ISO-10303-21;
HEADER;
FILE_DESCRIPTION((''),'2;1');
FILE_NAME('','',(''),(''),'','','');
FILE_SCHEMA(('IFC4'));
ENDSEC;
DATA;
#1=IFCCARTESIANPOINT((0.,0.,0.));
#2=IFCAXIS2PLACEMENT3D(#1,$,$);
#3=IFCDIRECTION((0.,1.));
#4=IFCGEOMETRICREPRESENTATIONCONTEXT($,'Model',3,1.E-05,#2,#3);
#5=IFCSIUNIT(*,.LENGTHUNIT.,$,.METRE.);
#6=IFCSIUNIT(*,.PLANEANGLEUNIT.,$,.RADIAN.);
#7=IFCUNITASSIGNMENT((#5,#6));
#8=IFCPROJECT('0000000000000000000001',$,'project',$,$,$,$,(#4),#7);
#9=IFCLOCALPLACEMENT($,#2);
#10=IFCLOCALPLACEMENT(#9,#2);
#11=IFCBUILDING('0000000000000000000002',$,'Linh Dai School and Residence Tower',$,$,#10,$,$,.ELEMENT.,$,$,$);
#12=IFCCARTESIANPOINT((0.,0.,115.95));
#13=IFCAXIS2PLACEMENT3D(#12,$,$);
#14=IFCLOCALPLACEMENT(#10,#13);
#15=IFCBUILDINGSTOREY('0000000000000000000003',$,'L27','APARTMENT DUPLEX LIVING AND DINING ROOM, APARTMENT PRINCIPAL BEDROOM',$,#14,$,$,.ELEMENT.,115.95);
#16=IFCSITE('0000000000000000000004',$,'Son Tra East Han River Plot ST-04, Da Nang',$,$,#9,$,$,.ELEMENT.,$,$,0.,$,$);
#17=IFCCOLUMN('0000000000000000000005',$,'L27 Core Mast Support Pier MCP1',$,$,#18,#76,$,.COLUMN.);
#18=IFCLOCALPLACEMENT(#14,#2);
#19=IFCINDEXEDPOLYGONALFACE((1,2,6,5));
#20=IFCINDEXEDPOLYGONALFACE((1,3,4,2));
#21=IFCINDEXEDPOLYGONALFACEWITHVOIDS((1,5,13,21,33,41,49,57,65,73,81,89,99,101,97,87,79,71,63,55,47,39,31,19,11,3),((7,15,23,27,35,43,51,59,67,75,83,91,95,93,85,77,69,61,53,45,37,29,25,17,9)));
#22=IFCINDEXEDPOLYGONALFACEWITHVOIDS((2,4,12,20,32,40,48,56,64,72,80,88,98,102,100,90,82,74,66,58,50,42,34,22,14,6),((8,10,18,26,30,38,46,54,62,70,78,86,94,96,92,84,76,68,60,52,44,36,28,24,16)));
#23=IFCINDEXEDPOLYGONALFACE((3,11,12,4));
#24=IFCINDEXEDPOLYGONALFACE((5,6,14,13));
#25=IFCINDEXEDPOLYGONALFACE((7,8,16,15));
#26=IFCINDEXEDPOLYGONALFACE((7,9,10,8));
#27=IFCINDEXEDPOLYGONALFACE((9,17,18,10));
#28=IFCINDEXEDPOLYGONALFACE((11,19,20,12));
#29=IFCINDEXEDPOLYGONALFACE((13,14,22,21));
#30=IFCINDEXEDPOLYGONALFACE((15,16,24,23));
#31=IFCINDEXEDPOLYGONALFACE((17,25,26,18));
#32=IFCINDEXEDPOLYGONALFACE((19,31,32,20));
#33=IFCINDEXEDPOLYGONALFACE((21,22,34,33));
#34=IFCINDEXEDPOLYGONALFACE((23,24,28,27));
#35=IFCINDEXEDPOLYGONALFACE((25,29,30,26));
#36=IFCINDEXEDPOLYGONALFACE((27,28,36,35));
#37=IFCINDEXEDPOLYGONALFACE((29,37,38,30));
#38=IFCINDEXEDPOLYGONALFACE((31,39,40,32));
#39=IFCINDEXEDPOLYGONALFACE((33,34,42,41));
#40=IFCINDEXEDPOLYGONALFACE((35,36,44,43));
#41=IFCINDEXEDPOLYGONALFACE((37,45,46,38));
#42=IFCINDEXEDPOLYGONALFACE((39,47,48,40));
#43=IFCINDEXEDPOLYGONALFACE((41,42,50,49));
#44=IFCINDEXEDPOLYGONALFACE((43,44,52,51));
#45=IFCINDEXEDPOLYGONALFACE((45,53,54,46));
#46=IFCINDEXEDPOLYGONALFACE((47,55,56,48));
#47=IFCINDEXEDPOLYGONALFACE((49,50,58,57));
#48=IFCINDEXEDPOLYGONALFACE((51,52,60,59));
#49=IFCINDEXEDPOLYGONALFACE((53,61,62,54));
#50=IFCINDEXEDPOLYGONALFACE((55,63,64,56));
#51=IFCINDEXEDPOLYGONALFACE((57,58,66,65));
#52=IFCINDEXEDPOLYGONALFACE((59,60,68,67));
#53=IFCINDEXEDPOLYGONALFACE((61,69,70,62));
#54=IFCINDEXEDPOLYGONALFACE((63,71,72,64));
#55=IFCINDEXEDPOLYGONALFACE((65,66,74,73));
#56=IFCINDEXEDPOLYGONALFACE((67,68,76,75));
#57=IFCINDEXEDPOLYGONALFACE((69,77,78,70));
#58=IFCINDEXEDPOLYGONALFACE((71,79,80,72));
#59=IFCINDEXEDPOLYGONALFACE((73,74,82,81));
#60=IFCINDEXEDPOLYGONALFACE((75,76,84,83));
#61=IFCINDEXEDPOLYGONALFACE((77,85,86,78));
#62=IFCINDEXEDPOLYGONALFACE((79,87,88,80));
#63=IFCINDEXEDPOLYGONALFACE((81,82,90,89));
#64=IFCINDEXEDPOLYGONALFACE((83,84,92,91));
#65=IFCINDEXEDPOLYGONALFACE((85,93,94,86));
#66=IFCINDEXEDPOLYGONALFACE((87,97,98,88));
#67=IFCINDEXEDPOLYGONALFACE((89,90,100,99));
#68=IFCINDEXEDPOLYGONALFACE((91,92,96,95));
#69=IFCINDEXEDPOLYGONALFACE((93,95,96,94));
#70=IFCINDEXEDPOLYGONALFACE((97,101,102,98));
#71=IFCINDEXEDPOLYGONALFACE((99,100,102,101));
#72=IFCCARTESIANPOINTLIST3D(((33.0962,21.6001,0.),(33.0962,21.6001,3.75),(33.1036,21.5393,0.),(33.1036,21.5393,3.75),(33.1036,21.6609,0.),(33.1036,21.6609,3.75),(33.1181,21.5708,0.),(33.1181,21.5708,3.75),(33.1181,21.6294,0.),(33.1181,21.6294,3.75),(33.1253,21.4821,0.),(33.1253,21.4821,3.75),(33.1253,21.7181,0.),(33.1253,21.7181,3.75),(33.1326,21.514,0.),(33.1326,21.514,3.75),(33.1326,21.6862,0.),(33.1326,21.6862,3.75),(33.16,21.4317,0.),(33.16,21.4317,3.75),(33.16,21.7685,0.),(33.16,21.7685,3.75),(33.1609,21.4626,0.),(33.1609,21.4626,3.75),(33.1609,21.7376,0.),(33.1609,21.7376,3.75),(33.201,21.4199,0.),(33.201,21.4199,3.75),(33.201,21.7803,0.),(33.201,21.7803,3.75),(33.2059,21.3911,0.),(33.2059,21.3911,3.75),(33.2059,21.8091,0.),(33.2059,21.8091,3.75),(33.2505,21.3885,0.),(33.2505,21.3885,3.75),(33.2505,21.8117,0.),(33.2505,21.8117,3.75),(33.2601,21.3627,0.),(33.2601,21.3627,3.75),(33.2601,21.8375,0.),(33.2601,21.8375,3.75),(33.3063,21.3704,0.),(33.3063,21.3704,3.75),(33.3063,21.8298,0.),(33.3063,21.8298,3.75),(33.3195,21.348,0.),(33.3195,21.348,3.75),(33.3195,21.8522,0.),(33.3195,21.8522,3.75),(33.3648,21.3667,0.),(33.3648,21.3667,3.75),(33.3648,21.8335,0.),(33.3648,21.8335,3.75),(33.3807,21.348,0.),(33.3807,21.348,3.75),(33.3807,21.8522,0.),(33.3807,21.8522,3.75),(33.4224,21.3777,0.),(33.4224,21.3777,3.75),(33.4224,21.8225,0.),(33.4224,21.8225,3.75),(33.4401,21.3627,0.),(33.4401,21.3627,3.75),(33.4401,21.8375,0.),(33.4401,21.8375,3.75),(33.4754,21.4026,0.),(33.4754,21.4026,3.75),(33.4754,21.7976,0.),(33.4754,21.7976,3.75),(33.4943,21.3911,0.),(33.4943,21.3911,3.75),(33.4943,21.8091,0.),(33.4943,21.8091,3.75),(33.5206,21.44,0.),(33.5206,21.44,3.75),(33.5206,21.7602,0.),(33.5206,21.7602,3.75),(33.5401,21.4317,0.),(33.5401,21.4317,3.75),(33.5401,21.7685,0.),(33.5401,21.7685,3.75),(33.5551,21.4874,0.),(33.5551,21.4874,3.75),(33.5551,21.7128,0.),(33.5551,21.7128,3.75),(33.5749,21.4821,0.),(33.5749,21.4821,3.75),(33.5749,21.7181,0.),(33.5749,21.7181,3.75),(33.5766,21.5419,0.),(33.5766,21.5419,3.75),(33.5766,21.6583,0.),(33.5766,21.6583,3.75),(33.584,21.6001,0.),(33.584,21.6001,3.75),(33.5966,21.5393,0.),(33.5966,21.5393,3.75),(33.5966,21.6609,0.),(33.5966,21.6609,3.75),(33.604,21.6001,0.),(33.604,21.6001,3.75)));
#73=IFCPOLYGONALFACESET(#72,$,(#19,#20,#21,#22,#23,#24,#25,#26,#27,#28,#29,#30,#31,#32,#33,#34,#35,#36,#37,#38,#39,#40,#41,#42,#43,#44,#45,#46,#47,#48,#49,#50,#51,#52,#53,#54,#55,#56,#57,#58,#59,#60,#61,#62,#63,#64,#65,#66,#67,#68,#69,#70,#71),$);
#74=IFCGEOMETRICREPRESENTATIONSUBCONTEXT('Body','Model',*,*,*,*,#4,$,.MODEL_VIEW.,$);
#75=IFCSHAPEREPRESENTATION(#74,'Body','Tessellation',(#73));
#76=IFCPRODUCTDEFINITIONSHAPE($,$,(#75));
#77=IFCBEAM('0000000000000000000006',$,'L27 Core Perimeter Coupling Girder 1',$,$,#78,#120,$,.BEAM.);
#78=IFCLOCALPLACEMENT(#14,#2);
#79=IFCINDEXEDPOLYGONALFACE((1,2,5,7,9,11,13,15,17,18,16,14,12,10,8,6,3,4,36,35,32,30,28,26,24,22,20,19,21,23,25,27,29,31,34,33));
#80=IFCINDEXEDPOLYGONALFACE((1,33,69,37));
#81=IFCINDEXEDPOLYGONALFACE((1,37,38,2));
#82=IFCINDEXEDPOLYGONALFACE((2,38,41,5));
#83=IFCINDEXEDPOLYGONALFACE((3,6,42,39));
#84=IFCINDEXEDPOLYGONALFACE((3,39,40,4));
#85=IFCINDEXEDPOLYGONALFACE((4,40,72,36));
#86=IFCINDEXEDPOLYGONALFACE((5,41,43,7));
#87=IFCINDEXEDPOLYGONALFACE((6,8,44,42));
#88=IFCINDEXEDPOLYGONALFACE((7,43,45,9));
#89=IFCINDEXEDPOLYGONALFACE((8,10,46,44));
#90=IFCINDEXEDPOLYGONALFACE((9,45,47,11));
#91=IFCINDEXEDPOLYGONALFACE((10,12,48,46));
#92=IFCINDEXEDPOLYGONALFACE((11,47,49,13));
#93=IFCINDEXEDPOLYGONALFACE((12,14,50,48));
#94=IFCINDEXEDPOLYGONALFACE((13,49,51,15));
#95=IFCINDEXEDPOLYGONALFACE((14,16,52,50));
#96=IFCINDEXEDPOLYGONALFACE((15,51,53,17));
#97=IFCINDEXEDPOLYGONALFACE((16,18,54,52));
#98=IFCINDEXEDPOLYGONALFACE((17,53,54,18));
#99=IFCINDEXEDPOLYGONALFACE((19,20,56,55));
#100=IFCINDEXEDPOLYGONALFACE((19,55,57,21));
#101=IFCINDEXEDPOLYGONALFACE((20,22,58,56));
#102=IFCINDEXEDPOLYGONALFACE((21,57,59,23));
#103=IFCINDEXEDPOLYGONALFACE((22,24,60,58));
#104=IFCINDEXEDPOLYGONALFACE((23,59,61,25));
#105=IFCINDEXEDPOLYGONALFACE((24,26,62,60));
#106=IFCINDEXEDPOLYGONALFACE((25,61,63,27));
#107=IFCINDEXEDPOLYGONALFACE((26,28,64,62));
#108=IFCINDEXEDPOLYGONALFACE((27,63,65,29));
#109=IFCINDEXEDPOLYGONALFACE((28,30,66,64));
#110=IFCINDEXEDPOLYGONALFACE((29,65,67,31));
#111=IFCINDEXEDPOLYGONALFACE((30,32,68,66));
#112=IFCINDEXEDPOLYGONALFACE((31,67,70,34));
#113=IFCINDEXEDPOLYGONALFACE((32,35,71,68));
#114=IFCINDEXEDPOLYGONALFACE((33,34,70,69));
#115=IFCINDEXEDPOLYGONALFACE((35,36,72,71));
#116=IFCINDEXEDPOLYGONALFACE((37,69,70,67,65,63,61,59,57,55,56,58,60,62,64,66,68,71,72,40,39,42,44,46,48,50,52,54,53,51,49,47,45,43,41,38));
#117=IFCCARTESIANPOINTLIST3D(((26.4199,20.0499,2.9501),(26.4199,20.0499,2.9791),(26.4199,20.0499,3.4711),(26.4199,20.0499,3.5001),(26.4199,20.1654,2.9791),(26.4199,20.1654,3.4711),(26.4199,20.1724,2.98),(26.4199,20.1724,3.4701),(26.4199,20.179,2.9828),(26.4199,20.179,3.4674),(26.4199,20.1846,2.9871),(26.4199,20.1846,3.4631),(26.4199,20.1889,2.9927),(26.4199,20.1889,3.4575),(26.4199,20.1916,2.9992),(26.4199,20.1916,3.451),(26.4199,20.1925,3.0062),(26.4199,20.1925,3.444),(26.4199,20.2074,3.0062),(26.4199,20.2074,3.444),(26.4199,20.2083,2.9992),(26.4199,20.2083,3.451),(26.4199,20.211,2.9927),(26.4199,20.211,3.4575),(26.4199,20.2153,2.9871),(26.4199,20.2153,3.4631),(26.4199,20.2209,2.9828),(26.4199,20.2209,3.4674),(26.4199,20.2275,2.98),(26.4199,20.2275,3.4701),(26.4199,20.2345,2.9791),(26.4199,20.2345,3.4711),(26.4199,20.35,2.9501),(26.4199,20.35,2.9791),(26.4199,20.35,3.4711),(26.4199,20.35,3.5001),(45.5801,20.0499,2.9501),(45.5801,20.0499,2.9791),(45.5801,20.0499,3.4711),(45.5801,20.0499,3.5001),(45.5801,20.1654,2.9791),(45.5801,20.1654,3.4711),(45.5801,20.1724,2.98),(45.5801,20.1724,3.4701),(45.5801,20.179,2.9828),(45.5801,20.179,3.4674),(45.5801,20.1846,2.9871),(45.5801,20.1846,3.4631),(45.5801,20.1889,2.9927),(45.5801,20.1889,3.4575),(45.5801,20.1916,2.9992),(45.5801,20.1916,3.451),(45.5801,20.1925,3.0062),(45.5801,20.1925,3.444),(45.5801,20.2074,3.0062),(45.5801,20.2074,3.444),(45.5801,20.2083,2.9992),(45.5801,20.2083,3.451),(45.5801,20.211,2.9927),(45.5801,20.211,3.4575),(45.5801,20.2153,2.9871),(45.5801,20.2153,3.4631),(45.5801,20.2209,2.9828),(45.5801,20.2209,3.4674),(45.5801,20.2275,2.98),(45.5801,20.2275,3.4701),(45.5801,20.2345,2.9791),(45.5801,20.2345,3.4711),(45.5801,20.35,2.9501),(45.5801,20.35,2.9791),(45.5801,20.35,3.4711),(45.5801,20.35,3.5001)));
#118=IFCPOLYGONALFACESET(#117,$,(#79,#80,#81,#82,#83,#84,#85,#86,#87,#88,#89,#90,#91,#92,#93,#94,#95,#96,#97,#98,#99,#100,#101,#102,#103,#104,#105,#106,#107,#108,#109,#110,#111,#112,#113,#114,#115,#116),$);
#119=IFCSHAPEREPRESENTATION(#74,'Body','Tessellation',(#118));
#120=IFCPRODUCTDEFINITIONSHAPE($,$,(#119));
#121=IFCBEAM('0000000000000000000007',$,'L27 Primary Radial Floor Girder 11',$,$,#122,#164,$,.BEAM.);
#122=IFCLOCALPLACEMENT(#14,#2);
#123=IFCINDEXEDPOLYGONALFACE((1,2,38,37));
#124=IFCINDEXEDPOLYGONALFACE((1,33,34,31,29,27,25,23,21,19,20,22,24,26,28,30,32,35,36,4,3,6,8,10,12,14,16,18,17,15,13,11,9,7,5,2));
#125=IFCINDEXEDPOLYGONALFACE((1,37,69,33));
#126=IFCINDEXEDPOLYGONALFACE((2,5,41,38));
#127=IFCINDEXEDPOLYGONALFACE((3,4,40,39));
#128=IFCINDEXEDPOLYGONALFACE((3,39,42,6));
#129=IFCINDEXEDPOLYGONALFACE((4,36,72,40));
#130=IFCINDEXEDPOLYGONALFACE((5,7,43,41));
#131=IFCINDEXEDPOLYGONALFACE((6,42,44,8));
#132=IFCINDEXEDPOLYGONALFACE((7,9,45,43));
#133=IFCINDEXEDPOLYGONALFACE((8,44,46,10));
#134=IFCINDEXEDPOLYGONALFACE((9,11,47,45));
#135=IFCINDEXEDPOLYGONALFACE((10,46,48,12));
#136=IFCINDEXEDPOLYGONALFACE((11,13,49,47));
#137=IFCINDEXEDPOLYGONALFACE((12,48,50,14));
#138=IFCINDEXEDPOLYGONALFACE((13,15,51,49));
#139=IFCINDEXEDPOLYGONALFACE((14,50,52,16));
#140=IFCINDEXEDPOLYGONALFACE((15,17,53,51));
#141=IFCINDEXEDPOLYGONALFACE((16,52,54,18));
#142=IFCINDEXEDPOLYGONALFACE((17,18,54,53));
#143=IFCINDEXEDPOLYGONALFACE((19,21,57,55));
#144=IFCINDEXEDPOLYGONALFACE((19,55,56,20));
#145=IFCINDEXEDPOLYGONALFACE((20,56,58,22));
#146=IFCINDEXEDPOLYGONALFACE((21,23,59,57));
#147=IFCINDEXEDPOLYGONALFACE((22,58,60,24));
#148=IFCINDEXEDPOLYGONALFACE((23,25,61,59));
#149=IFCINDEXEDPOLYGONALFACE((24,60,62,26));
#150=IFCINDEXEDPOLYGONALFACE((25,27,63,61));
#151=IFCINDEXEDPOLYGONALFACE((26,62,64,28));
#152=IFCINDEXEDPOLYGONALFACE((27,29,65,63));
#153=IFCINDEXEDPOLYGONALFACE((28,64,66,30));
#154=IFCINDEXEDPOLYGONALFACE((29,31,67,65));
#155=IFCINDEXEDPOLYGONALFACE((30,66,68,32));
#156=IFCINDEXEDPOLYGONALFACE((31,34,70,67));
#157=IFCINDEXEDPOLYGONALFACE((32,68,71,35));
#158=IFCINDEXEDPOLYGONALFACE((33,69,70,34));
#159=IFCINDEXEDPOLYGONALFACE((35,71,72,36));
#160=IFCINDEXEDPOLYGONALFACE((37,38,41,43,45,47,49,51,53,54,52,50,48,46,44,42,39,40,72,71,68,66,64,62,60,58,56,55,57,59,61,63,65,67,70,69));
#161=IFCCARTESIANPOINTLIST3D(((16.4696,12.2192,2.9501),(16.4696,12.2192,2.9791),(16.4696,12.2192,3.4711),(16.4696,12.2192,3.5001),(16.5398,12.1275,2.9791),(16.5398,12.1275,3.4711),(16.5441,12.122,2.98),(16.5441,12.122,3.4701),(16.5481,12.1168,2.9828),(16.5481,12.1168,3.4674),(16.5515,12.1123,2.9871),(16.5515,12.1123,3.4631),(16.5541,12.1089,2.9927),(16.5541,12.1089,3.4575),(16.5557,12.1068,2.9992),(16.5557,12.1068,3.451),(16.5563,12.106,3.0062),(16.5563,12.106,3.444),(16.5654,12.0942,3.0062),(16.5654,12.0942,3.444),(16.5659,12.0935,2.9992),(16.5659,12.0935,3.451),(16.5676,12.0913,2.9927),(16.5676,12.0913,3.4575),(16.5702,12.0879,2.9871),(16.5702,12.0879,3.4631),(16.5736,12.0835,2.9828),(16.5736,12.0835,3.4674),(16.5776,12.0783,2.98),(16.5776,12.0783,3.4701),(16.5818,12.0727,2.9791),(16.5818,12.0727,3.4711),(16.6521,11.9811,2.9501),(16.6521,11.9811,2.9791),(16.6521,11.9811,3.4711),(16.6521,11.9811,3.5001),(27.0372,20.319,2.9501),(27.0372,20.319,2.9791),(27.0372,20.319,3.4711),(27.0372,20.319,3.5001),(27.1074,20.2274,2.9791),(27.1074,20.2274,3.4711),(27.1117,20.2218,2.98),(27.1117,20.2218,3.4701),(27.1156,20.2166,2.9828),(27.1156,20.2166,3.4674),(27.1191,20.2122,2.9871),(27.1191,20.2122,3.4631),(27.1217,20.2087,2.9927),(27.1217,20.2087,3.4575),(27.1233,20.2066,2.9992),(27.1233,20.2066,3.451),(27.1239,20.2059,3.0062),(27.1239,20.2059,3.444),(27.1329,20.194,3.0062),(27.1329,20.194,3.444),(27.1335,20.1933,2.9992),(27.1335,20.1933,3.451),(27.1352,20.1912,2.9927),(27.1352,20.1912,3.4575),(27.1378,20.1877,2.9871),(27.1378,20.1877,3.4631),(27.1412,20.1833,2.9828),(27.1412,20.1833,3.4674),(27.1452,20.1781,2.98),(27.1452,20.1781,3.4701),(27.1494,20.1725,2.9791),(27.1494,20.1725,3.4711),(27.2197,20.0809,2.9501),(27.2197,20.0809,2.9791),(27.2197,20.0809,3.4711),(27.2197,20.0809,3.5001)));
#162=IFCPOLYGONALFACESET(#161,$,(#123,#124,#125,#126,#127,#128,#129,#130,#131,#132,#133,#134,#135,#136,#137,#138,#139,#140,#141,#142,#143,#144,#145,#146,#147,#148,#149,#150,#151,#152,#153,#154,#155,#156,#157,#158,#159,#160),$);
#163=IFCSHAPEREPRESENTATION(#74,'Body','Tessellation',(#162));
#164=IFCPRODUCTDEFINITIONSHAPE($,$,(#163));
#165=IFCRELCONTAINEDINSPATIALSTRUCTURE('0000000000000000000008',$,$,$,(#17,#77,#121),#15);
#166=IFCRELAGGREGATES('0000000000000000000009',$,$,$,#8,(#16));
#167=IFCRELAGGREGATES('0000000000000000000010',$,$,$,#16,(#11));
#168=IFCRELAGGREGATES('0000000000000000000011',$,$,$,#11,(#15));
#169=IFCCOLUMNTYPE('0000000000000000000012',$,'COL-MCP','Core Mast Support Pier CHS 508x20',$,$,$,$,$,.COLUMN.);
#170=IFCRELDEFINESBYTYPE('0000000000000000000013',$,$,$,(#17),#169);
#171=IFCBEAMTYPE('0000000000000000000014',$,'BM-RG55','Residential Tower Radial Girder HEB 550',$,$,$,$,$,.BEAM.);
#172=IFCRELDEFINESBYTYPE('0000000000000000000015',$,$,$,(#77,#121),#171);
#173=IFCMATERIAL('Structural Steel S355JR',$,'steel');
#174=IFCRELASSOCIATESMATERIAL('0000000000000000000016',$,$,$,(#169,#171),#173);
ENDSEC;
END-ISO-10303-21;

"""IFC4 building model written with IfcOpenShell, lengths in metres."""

from ifc_helpers import new_model, si_unit, direction, frame, origin, origin_2d, place, context, subcontext, project, spatial, hollow_circle, i_section, extrude, material, material_profile, profile_set, type_object, element, save


model = new_model("IFC4")

# Units and contexts
model_context = context("Model", 3, precision=1e-05, world=origin(), true_north=direction((0.0, 1.0)))
body_context = subcontext(model_context, "Body", "Model", "MODEL_VIEW")
ifc_project = project(units=[si_unit("LENGTHUNIT", "METRE"), si_unit("PLANEANGLEUNIT", "RADIAN")], contexts=[model_context])

# Site, building, storey
site_placement = place(None, origin())
site = spatial("IfcSite", under=ifc_project, at=site_placement, Name="Son Tra East Han River Plot ST-04, Da Nang", CompositionType="ELEMENT", RefElevation=0.0)
building_placement = place(site_placement, origin())
building = spatial("IfcBuilding", under=site, at=building_placement, Name="Linh Dai School and Residence Tower", CompositionType="ELEMENT")
storey_placement = place(building_placement, frame((0.0, 0.0, 115.95)))
storey = spatial("IfcBuildingStorey", under=building, at=storey_placement, Name="L27", Description="APARTMENT DUPLEX LIVING AND DINING ROOM, APARTMENT PRINCIPAL BEDROOM", CompositionType="ELEMENT", Elevation=115.95)

# Column
ifc_material_1 = material(Name="Structural Steel S355JR", Category="steel")
ifc_material_profile_1 = material_profile(ifc_material_1, hollow_circle(Radius=0.2539, WallThickness=0.02, at=origin_2d()), Name="CHS 508x20")
ifc_profile_set_1 = profile_set([ifc_material_profile_1], Name="Structural Steel S355JR")
column_type = type_object("IfcColumnType", Name="COL-MCP", Description="Core Mast Support Pier CHS 508x20", PredefinedType="COLUMN", material=ifc_profile_set_1)
column_placement = place(storey_placement, frame((33.3501, 21.6001, 0.0), z_axis=(0.0, 0.0, 1.0), x_axis=(1.0, 0.0, 0.0)))
element("IfcColumn", 1, at=column_placement, inside=storey, type_object=column_type, Name="L27 Core Mast Support Pier MCP1", PredefinedType="COLUMN", context=body_context, shape_type="SweptSolid", body=[
    extrude(hollow_circle(Radius=0.2539, WallThickness=0.02, at=origin_2d()), origin(), (0.0, 0.0, 1.0), 3.75),
])

# Beams
ifc_material_profile_2 = material_profile(ifc_material_1, i_section(OverallWidth=0.3, OverallDepth=0.55, WebThickness=0.0149, FlangeThickness=0.0291, FilletRadius=0.0271, at=origin_2d()), Name="HEB 550")
ifc_profile_set_2 = profile_set([ifc_material_profile_2], Name="Structural Steel S355JR")
beam_type_1 = type_object("IfcBeamType", Name="BM-RG55", Description="Residential Tower Radial Girder HEB 550", PredefinedType="BEAM", material=ifc_profile_set_2)
beam_1_placement = place(storey_placement, frame((26.4199, 20.2, 3.2251), z_axis=(1.0, 0.0, 0.0), x_axis=(0.0, 1.0, 0.0)))
element("IfcBeam", 2, at=beam_1_placement, inside=storey, type_object=beam_type_1, Name="L27 Core Perimeter Coupling Girder 1", PredefinedType="BEAM", context=body_context, shape_type="SweptSolid", body=[
    extrude(i_section(OverallWidth=0.3, OverallDepth=0.55, WebThickness=0.0149, FlangeThickness=0.0291, FilletRadius=0.0271, at=origin_2d()), origin(), (0.0, 0.0, 1.0), 19.1602),
])
beam_2_placement = place(storey_placement, frame((27.1284, 20.2, 3.2251), z_axis=(-0.793679, -0.608337, 0.0), x_axis=(0.608337, -0.793679, 0.0)))
element("IfcBeam", 3, at=beam_2_placement, inside=storey, type_object=beam_type_1, Name="L27 Primary Radial Floor Girder 11", PredefinedType="BEAM", context=body_context, shape_type="SweptSolid", body=[
    extrude(i_section(OverallWidth=0.3, OverallDepth=0.55, WebThickness=0.0149, FlangeThickness=0.0291, FilletRadius=0.0271, at=origin_2d()), origin(), (0.0, 0.0, 1.0), 13.3147),
])

save(model, "model.ifc")
